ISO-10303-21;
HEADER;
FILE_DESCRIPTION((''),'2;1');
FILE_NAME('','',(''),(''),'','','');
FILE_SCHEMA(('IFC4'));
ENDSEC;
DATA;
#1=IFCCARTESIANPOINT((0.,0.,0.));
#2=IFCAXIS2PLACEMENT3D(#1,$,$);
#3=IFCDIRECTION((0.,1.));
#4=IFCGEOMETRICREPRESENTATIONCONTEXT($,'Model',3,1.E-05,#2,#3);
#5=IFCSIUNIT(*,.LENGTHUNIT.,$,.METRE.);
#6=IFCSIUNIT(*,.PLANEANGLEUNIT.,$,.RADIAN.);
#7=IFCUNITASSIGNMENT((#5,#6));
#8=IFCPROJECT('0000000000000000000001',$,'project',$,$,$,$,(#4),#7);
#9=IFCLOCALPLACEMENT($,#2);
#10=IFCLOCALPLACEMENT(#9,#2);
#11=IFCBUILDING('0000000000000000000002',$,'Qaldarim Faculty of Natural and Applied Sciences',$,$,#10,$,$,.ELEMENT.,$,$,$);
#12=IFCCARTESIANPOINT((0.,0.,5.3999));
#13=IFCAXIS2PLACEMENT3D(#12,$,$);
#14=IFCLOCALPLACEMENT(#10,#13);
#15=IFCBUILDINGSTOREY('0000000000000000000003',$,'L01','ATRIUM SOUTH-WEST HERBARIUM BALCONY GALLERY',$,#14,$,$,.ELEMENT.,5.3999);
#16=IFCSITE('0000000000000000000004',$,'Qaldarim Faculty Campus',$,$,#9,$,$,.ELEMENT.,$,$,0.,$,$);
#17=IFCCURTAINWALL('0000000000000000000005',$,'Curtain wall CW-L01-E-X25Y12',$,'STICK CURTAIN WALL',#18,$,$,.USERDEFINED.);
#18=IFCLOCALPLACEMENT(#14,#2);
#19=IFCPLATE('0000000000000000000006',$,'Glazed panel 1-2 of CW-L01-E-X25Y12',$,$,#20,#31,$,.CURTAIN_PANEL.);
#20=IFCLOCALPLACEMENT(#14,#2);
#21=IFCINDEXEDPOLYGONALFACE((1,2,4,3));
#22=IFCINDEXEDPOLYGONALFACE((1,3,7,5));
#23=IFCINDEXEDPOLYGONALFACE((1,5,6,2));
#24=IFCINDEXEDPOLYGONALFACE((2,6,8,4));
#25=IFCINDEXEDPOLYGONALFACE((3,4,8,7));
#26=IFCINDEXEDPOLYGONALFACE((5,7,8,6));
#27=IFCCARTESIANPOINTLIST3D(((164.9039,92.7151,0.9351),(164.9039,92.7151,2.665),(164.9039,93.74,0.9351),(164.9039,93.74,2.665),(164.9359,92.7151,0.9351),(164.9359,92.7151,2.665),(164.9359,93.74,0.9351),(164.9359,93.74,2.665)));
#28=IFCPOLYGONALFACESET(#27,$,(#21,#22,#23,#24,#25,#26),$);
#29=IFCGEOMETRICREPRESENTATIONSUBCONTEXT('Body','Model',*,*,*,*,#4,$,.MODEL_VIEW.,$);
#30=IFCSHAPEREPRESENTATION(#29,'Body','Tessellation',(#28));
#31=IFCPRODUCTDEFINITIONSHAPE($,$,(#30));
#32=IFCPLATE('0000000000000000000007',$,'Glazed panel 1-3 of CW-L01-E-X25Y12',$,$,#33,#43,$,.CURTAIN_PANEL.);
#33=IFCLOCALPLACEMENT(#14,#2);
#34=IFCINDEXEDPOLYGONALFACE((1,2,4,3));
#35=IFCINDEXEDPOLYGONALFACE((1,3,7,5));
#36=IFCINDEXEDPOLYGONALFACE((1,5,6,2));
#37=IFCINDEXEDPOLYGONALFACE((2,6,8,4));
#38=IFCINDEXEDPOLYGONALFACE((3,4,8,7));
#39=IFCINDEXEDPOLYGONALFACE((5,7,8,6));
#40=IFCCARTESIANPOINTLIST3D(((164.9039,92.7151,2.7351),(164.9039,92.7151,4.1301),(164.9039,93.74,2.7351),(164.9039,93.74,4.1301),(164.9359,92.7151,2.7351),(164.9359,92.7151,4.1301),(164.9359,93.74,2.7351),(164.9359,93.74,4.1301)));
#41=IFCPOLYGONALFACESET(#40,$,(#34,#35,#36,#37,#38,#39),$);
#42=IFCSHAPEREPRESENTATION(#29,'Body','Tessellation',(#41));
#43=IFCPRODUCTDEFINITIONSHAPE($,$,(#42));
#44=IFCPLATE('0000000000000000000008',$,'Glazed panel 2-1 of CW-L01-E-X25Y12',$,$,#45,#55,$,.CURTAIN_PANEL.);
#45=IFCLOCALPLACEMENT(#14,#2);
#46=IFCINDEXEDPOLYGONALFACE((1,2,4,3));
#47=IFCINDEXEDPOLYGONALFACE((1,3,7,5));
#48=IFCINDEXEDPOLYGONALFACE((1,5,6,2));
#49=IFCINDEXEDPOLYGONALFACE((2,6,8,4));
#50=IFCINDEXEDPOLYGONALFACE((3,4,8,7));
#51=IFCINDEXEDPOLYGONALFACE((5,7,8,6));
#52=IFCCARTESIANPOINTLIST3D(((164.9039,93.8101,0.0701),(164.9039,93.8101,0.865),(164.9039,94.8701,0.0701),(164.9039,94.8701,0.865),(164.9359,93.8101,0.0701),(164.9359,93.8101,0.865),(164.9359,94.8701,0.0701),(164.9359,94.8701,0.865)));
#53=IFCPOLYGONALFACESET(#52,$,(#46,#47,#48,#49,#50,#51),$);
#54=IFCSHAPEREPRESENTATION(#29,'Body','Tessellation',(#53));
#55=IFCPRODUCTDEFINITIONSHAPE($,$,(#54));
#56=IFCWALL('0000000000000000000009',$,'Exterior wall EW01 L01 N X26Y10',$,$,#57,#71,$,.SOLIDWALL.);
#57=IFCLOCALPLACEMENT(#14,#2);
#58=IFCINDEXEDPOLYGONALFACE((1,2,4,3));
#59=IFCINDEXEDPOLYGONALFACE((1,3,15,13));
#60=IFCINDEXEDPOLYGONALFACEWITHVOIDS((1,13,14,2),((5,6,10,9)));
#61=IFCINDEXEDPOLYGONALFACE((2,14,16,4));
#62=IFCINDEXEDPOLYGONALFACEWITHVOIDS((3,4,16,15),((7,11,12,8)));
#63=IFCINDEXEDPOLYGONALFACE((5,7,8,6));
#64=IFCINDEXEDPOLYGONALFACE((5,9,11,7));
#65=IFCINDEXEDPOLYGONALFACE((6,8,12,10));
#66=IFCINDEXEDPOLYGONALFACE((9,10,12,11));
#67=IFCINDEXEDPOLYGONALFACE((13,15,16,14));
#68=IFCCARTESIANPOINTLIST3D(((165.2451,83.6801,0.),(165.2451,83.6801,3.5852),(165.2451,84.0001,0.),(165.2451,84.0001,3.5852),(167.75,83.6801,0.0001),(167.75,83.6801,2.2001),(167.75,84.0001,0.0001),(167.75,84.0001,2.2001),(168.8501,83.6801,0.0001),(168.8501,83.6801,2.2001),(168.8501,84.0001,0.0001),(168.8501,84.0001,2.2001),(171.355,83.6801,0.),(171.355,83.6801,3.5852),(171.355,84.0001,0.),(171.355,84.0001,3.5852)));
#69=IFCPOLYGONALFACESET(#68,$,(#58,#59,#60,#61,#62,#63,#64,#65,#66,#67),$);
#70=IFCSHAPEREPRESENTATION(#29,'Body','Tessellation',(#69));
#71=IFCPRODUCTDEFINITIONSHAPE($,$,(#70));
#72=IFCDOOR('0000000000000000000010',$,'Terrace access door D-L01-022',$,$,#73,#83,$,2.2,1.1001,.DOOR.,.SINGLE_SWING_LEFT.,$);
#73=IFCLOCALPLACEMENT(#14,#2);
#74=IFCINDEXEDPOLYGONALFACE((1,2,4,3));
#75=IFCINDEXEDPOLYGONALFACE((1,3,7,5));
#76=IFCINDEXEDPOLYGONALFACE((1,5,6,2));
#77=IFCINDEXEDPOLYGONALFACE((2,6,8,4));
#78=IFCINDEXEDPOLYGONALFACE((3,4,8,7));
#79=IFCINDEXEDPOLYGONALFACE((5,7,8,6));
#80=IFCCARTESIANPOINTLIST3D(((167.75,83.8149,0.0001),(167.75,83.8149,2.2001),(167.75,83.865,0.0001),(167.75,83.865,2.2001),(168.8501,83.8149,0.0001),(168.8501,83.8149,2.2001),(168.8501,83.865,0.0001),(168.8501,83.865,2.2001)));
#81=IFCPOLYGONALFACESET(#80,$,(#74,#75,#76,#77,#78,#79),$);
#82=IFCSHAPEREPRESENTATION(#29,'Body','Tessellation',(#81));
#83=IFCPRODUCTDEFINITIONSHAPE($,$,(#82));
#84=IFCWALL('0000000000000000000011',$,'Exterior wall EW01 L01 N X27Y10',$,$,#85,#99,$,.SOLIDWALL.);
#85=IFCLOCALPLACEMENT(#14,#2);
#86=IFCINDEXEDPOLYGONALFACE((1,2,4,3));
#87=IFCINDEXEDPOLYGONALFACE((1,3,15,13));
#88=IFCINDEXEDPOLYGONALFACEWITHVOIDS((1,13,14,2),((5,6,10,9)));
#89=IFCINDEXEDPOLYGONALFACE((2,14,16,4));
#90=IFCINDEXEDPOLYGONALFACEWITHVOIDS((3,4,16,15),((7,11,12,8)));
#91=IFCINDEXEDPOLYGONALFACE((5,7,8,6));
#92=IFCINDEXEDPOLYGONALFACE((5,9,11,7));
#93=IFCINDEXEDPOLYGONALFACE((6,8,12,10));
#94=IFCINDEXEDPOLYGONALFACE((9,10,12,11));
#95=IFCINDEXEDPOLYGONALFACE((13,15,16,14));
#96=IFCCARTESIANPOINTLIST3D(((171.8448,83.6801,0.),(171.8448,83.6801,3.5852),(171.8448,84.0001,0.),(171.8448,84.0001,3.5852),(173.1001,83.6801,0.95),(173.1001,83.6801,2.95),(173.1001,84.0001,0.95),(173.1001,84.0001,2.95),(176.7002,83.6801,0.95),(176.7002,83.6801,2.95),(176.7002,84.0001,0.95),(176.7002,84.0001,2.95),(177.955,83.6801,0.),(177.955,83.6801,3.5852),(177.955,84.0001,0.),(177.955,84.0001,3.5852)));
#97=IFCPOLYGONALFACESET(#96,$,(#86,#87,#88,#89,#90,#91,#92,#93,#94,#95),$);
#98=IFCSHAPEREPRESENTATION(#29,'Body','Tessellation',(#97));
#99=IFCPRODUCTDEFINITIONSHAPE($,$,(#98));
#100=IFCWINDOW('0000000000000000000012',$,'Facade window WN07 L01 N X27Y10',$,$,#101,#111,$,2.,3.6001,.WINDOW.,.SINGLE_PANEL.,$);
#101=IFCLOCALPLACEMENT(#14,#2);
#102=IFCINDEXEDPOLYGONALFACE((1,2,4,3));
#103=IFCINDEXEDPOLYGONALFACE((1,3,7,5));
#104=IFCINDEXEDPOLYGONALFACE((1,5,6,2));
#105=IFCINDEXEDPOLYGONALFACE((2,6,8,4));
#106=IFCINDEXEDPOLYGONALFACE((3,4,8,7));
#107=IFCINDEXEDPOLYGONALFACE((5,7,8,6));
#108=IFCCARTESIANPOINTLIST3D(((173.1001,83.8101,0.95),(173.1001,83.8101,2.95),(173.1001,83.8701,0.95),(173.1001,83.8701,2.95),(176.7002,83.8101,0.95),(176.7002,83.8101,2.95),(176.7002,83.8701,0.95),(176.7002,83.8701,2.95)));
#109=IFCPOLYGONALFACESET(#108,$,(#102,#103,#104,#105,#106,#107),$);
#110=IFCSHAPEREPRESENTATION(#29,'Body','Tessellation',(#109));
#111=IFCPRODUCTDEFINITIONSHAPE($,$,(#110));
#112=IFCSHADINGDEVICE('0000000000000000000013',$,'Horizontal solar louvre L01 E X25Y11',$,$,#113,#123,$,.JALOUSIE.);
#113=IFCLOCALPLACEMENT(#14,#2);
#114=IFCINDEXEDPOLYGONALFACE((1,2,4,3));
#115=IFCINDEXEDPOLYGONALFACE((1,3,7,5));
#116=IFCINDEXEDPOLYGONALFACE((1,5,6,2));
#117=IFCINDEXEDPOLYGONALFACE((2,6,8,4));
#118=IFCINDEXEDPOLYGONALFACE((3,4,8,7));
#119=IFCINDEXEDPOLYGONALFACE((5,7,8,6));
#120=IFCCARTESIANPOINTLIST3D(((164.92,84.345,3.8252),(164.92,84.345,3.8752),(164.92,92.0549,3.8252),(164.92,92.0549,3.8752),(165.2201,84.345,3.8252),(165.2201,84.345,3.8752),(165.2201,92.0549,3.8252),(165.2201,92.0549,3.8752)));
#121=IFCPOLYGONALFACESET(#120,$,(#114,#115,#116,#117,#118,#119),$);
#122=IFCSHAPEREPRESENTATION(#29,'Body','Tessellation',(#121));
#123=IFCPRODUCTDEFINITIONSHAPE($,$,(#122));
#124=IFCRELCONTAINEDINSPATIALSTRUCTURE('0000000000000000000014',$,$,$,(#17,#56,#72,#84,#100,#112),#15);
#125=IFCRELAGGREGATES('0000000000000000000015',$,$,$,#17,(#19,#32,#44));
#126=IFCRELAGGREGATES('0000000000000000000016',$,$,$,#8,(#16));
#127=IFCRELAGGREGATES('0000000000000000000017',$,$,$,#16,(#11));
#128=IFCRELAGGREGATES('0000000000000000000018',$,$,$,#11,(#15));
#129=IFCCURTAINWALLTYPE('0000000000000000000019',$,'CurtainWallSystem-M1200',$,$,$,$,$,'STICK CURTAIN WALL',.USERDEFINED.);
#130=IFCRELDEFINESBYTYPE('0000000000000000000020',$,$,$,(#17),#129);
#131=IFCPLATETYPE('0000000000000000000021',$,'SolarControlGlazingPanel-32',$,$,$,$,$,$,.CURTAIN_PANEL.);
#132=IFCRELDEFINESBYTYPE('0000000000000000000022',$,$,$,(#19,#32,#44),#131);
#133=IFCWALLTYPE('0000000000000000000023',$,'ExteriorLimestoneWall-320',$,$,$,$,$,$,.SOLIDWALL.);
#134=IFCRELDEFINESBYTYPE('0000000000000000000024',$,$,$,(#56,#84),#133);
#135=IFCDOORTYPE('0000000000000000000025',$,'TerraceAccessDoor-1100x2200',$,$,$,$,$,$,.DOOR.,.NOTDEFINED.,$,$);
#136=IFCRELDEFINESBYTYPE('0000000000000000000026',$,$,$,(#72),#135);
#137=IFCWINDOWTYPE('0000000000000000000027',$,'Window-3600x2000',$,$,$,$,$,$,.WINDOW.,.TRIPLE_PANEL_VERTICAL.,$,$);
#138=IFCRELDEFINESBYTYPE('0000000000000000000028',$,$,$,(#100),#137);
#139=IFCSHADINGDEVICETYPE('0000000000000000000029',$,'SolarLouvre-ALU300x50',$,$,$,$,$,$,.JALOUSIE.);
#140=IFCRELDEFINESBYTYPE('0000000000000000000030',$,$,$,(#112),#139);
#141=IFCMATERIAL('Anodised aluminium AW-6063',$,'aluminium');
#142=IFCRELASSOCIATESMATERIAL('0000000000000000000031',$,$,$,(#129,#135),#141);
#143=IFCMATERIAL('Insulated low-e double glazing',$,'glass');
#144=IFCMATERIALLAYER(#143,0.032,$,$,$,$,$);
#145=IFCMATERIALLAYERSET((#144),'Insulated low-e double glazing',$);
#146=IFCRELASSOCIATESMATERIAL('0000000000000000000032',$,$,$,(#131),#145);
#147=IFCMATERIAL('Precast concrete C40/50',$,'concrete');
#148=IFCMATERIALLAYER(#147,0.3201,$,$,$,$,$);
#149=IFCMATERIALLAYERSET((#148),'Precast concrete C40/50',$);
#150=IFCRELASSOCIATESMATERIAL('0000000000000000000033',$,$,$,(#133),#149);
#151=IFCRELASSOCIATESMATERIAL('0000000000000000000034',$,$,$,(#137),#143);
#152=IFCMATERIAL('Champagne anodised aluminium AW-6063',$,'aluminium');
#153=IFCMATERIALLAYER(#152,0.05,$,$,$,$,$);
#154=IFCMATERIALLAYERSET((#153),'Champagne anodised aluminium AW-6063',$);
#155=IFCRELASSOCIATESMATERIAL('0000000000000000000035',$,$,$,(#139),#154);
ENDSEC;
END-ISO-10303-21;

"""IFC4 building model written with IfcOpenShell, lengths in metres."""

from ifc_helpers import new_model, si_unit, direction, frame, frame_2d, origin, origin_2d, place, context, subcontext, project, spatial, rectangle, extrude, material, layer, layer_set, type_object, element, fill, aggregate, save


model = new_model("IFC4")

# Units and contexts
model_context = context("Model", 3, precision=1e-05, world=origin(), true_north=direction((0.0, 1.0)))
body_context = subcontext(model_context, "Body", "Model", "MODEL_VIEW")
ifc_project = project(units=[si_unit("LENGTHUNIT", "METRE"), si_unit("PLANEANGLEUNIT", "RADIAN")], contexts=[model_context])

# Site, building, storey
site_placement = place(None, origin())
site = spatial("IfcSite", under=ifc_project, at=site_placement, Name="Qaldarim Faculty Campus", CompositionType="ELEMENT", RefElevation=0.0)
building_placement = place(site_placement, origin())
building = spatial("IfcBuilding", under=site, at=building_placement, Name="Qaldarim Faculty of Natural and Applied Sciences", CompositionType="ELEMENT")
storey_placement = place(building_placement, frame((0.0, 0.0, 5.3999)))
storey = spatial("IfcBuildingStorey", under=building, at=storey_placement, Name="L01", Description="ATRIUM SOUTH-WEST HERBARIUM BALCONY GALLERY", CompositionType="ELEMENT", Elevation=5.3999)

# Curtain wall
ifc_material_1 = material(Name="Anodised aluminium AW-6063", Category="aluminium")
curtain_wall_type = type_object("IfcCurtainWallType", Name="CurtainWallSystem-M1200", ElementType="STICK CURTAIN WALL", PredefinedType="USERDEFINED", material=ifc_material_1)
curtain_wall_1_placement = place(storey_placement, origin())
curtain_wall_1 = element("IfcCurtainWall", 1, at=curtain_wall_1_placement, inside=storey, type_object=curtain_wall_type, Name="Curtain wall CW-L01-E-X25Y12", ObjectType="STICK CURTAIN WALL", PredefinedType="USERDEFINED")

# Plates
ifc_material_2 = material(Name="Insulated low-e double glazing", Category="glass")
ifc_layer_1 = layer(ifc_material_2, 0.032)
ifc_layer_set_1 = layer_set([ifc_layer_1], Name="Insulated low-e double glazing")
plate_type = type_object("IfcPlateType", Name="SolarControlGlazingPanel-32", PredefinedType="CURTAIN_PANEL", material=ifc_layer_set_1)
plate_1_placement = place(storey_placement, frame((164.9199, 93.2275, 0.9351), z_axis=(0.0, 0.0, 1.0), x_axis=(0.0, 1.0, 0.0)))
plate_1 = element("IfcPlate", 2, at=plate_1_placement, type_object=plate_type, Name="Glazed panel 1-2 of CW-L01-E-X25Y12", PredefinedType="CURTAIN_PANEL", context=body_context, shape_type="SweptSolid", body=[
    extrude(rectangle(XDim=1.0249, YDim=0.032, at=origin_2d()), origin(), (0.0, 0.0, 1.0), 1.73),
])
plate_2_placement = place(storey_placement, frame((164.9199, 93.2275, 2.7351), z_axis=(0.0, 0.0, 1.0), x_axis=(0.0, 1.0, 0.0)))
plate_2 = element("IfcPlate", 3, at=plate_2_placement, type_object=plate_type, Name="Glazed panel 1-3 of CW-L01-E-X25Y12", PredefinedType="CURTAIN_PANEL", context=body_context, shape_type="SweptSolid", body=[
    extrude(rectangle(XDim=1.0249, YDim=0.032, at=origin_2d()), origin(), (0.0, 0.0, 1.0), 1.395),
])
plate_3_placement = place(storey_placement, frame((164.9199, 94.3401, 0.0701), z_axis=(0.0, 0.0, 1.0), x_axis=(0.0, 1.0, 0.0)))
plate_3 = element("IfcPlate", 4, at=plate_3_placement, type_object=plate_type, Name="Glazed panel 2-1 of CW-L01-E-X25Y12", PredefinedType="CURTAIN_PANEL", context=body_context, shape_type="SweptSolid", body=[
    extrude(rectangle(XDim=1.0601, YDim=0.032, at=origin_2d()), origin(), (0.0, 0.0, 1.0), 0.7949),
])
aggregate(curtain_wall_1, [plate_1, plate_2, plate_3])

# Wall, opening, door
ifc_material_3 = material(Name="Precast concrete C40/50", Category="concrete")
ifc_layer_2 = layer(ifc_material_3, 0.3201)
ifc_layer_set_2 = layer_set([ifc_layer_2], Name="Precast concrete C40/50")
wall_type = type_object("IfcWallType", Name="ExteriorLimestoneWall-320", PredefinedType="SOLIDWALL", material=ifc_layer_set_2)
wall_1_placement = place(storey_placement, frame((171.355, 83.8401, 0.0), z_axis=(0.0, 0.0, 1.0), x_axis=(-1.0, 0.0, 0.0)))
wall_1 = element("IfcWall", 5, at=wall_1_placement, inside=storey, type_object=wall_type, Name="Exterior wall EW01 L01 N X26Y10", PredefinedType="SOLIDWALL", context=body_context, shape_type="SweptSolid", body=[
    extrude(rectangle(XDim=6.1099, YDim=0.3201, at=frame_2d((3.0549, 0.0))), origin(), (0.0, 0.0, 1.0), 3.5852),
])
opening_1_placement = place(wall_1_placement, frame((2.5049, 0.0, 0.0)))
opening_1 = element("IfcOpeningElement", 6, at=opening_1_placement, cuts=wall_1, PredefinedType="OPENING", context=body_context, shape_type="SweptSolid", body=[
    extrude(rectangle(XDim=1.1001, YDim=2.2, at=frame_2d((0.55, 1.1001))), frame((0.0, 0.1699, 0.0), z_axis=(0.0, -1.0, 0.0), x_axis=(1.0, 0.0, 0.0)), (0.0, 0.0, 1.0), 0.3401),
])
door_type = type_object("IfcDoorType", Name="TerraceAccessDoor-1100x2200", OperationType="NOTDEFINED", PredefinedType="DOOR", material=ifc_material_1)
door_placement = place(opening_1_placement, frame((1.1001, 0.0, 0.0), z_axis=(0.0, 0.0, 1.0), x_axis=(-1.0, 0.0, 0.0)))
door = element("IfcDoor", 7, at=door_placement, inside=storey, type_object=door_type, Name="Terrace access door D-L01-022", OperationType="SINGLE_SWING_LEFT", OverallHeight=2.2, OverallWidth=1.1001, PredefinedType="DOOR", context=body_context, shape_type="SweptSolid", body=[
    extrude(rectangle(XDim=1.1001, YDim=2.2, at=frame_2d((0.55, 1.1001))), frame((0.0, 0.0249, 0.0), z_axis=(0.0, -1.0, 0.0), x_axis=(1.0, 0.0, 0.0)), (0.0, 0.0, 1.0), 0.05),
])
fill(opening_1, door)

# Wall, opening, window
wall_2_placement = place(storey_placement, frame((177.9551, 83.8401, 0.0), z_axis=(0.0, 0.0, 1.0), x_axis=(-1.0, 0.0, 0.0)))
wall_2 = element("IfcWall", 8, at=wall_2_placement, inside=storey, type_object=wall_type, Name="Exterior wall EW01 L01 N X27Y10", PredefinedType="SOLIDWALL", context=body_context, shape_type="SweptSolid", body=[
    extrude(rectangle(XDim=6.1101, YDim=0.3201, at=frame_2d((3.0552, 0.0))), origin(), (0.0, 0.0, 1.0), 3.5852),
])
opening_2_placement = place(wall_2_placement, frame((1.2549, 0.0, 0.95)))
opening_2 = element("IfcOpeningElement", 9, at=opening_2_placement, cuts=wall_2, PredefinedType="OPENING", context=body_context, shape_type="SweptSolid", body=[
    extrude(rectangle(XDim=3.6001, YDim=2.0, at=frame_2d((1.8, 1.0))), frame((0.0, 0.1699, 0.0), z_axis=(0.0, -1.0, 0.0), x_axis=(1.0, 0.0, 0.0)), (0.0, 0.0, 1.0), 0.3401),
])
window_type = type_object("IfcWindowType", Name="Window-3600x2000", PartitioningType="TRIPLE_PANEL_VERTICAL", PredefinedType="WINDOW", material=ifc_material_2)
window_placement = place(opening_2_placement, origin())
window = element("IfcWindow", 10, at=window_placement, inside=storey, type_object=window_type, Name="Facade window WN07 L01 N X27Y10", OverallHeight=2.0, OverallWidth=3.6001, PartitioningType="SINGLE_PANEL", PredefinedType="WINDOW", context=body_context, shape_type="SweptSolid", body=[
    extrude(rectangle(XDim=3.6001, YDim=2.0, at=frame_2d((1.8, 1.0))), frame((0.0, 0.03, 0.0), z_axis=(0.0, -1.0, 0.0), x_axis=(1.0, 0.0, 0.0)), (0.0, 0.0, 1.0), 0.0601),
])
fill(opening_2, window)

# Shading device
ifc_material_4 = material(Name="Champagne anodised aluminium AW-6063", Category="aluminium")
ifc_layer_3 = layer(ifc_material_4, 0.05)
ifc_layer_set_3 = layer_set([ifc_layer_3], Name="Champagne anodised aluminium AW-6063")
shading_device_type = type_object("IfcShadingDeviceType", Name="SolarLouvre-ALU300x50", PredefinedType="JALOUSIE", material=ifc_layer_set_3)
shading_device_placement = place(storey_placement, frame((165.0701, 88.2, 3.8252), z_axis=(0.0, 0.0, 1.0), x_axis=(0.0, 1.0, 0.0)))
element("IfcShadingDevice", 11, at=shading_device_placement, inside=storey, type_object=shading_device_type, Name="Horizontal solar louvre L01 E X25Y11", PredefinedType="JALOUSIE", context=body_context, shape_type="SweptSolid", body=[
    extrude(rectangle(XDim=7.71, YDim=0.3, at=origin_2d()), origin(), (0.0, 0.0, 1.0), 0.05),
])

save(model, "model.ifc")
